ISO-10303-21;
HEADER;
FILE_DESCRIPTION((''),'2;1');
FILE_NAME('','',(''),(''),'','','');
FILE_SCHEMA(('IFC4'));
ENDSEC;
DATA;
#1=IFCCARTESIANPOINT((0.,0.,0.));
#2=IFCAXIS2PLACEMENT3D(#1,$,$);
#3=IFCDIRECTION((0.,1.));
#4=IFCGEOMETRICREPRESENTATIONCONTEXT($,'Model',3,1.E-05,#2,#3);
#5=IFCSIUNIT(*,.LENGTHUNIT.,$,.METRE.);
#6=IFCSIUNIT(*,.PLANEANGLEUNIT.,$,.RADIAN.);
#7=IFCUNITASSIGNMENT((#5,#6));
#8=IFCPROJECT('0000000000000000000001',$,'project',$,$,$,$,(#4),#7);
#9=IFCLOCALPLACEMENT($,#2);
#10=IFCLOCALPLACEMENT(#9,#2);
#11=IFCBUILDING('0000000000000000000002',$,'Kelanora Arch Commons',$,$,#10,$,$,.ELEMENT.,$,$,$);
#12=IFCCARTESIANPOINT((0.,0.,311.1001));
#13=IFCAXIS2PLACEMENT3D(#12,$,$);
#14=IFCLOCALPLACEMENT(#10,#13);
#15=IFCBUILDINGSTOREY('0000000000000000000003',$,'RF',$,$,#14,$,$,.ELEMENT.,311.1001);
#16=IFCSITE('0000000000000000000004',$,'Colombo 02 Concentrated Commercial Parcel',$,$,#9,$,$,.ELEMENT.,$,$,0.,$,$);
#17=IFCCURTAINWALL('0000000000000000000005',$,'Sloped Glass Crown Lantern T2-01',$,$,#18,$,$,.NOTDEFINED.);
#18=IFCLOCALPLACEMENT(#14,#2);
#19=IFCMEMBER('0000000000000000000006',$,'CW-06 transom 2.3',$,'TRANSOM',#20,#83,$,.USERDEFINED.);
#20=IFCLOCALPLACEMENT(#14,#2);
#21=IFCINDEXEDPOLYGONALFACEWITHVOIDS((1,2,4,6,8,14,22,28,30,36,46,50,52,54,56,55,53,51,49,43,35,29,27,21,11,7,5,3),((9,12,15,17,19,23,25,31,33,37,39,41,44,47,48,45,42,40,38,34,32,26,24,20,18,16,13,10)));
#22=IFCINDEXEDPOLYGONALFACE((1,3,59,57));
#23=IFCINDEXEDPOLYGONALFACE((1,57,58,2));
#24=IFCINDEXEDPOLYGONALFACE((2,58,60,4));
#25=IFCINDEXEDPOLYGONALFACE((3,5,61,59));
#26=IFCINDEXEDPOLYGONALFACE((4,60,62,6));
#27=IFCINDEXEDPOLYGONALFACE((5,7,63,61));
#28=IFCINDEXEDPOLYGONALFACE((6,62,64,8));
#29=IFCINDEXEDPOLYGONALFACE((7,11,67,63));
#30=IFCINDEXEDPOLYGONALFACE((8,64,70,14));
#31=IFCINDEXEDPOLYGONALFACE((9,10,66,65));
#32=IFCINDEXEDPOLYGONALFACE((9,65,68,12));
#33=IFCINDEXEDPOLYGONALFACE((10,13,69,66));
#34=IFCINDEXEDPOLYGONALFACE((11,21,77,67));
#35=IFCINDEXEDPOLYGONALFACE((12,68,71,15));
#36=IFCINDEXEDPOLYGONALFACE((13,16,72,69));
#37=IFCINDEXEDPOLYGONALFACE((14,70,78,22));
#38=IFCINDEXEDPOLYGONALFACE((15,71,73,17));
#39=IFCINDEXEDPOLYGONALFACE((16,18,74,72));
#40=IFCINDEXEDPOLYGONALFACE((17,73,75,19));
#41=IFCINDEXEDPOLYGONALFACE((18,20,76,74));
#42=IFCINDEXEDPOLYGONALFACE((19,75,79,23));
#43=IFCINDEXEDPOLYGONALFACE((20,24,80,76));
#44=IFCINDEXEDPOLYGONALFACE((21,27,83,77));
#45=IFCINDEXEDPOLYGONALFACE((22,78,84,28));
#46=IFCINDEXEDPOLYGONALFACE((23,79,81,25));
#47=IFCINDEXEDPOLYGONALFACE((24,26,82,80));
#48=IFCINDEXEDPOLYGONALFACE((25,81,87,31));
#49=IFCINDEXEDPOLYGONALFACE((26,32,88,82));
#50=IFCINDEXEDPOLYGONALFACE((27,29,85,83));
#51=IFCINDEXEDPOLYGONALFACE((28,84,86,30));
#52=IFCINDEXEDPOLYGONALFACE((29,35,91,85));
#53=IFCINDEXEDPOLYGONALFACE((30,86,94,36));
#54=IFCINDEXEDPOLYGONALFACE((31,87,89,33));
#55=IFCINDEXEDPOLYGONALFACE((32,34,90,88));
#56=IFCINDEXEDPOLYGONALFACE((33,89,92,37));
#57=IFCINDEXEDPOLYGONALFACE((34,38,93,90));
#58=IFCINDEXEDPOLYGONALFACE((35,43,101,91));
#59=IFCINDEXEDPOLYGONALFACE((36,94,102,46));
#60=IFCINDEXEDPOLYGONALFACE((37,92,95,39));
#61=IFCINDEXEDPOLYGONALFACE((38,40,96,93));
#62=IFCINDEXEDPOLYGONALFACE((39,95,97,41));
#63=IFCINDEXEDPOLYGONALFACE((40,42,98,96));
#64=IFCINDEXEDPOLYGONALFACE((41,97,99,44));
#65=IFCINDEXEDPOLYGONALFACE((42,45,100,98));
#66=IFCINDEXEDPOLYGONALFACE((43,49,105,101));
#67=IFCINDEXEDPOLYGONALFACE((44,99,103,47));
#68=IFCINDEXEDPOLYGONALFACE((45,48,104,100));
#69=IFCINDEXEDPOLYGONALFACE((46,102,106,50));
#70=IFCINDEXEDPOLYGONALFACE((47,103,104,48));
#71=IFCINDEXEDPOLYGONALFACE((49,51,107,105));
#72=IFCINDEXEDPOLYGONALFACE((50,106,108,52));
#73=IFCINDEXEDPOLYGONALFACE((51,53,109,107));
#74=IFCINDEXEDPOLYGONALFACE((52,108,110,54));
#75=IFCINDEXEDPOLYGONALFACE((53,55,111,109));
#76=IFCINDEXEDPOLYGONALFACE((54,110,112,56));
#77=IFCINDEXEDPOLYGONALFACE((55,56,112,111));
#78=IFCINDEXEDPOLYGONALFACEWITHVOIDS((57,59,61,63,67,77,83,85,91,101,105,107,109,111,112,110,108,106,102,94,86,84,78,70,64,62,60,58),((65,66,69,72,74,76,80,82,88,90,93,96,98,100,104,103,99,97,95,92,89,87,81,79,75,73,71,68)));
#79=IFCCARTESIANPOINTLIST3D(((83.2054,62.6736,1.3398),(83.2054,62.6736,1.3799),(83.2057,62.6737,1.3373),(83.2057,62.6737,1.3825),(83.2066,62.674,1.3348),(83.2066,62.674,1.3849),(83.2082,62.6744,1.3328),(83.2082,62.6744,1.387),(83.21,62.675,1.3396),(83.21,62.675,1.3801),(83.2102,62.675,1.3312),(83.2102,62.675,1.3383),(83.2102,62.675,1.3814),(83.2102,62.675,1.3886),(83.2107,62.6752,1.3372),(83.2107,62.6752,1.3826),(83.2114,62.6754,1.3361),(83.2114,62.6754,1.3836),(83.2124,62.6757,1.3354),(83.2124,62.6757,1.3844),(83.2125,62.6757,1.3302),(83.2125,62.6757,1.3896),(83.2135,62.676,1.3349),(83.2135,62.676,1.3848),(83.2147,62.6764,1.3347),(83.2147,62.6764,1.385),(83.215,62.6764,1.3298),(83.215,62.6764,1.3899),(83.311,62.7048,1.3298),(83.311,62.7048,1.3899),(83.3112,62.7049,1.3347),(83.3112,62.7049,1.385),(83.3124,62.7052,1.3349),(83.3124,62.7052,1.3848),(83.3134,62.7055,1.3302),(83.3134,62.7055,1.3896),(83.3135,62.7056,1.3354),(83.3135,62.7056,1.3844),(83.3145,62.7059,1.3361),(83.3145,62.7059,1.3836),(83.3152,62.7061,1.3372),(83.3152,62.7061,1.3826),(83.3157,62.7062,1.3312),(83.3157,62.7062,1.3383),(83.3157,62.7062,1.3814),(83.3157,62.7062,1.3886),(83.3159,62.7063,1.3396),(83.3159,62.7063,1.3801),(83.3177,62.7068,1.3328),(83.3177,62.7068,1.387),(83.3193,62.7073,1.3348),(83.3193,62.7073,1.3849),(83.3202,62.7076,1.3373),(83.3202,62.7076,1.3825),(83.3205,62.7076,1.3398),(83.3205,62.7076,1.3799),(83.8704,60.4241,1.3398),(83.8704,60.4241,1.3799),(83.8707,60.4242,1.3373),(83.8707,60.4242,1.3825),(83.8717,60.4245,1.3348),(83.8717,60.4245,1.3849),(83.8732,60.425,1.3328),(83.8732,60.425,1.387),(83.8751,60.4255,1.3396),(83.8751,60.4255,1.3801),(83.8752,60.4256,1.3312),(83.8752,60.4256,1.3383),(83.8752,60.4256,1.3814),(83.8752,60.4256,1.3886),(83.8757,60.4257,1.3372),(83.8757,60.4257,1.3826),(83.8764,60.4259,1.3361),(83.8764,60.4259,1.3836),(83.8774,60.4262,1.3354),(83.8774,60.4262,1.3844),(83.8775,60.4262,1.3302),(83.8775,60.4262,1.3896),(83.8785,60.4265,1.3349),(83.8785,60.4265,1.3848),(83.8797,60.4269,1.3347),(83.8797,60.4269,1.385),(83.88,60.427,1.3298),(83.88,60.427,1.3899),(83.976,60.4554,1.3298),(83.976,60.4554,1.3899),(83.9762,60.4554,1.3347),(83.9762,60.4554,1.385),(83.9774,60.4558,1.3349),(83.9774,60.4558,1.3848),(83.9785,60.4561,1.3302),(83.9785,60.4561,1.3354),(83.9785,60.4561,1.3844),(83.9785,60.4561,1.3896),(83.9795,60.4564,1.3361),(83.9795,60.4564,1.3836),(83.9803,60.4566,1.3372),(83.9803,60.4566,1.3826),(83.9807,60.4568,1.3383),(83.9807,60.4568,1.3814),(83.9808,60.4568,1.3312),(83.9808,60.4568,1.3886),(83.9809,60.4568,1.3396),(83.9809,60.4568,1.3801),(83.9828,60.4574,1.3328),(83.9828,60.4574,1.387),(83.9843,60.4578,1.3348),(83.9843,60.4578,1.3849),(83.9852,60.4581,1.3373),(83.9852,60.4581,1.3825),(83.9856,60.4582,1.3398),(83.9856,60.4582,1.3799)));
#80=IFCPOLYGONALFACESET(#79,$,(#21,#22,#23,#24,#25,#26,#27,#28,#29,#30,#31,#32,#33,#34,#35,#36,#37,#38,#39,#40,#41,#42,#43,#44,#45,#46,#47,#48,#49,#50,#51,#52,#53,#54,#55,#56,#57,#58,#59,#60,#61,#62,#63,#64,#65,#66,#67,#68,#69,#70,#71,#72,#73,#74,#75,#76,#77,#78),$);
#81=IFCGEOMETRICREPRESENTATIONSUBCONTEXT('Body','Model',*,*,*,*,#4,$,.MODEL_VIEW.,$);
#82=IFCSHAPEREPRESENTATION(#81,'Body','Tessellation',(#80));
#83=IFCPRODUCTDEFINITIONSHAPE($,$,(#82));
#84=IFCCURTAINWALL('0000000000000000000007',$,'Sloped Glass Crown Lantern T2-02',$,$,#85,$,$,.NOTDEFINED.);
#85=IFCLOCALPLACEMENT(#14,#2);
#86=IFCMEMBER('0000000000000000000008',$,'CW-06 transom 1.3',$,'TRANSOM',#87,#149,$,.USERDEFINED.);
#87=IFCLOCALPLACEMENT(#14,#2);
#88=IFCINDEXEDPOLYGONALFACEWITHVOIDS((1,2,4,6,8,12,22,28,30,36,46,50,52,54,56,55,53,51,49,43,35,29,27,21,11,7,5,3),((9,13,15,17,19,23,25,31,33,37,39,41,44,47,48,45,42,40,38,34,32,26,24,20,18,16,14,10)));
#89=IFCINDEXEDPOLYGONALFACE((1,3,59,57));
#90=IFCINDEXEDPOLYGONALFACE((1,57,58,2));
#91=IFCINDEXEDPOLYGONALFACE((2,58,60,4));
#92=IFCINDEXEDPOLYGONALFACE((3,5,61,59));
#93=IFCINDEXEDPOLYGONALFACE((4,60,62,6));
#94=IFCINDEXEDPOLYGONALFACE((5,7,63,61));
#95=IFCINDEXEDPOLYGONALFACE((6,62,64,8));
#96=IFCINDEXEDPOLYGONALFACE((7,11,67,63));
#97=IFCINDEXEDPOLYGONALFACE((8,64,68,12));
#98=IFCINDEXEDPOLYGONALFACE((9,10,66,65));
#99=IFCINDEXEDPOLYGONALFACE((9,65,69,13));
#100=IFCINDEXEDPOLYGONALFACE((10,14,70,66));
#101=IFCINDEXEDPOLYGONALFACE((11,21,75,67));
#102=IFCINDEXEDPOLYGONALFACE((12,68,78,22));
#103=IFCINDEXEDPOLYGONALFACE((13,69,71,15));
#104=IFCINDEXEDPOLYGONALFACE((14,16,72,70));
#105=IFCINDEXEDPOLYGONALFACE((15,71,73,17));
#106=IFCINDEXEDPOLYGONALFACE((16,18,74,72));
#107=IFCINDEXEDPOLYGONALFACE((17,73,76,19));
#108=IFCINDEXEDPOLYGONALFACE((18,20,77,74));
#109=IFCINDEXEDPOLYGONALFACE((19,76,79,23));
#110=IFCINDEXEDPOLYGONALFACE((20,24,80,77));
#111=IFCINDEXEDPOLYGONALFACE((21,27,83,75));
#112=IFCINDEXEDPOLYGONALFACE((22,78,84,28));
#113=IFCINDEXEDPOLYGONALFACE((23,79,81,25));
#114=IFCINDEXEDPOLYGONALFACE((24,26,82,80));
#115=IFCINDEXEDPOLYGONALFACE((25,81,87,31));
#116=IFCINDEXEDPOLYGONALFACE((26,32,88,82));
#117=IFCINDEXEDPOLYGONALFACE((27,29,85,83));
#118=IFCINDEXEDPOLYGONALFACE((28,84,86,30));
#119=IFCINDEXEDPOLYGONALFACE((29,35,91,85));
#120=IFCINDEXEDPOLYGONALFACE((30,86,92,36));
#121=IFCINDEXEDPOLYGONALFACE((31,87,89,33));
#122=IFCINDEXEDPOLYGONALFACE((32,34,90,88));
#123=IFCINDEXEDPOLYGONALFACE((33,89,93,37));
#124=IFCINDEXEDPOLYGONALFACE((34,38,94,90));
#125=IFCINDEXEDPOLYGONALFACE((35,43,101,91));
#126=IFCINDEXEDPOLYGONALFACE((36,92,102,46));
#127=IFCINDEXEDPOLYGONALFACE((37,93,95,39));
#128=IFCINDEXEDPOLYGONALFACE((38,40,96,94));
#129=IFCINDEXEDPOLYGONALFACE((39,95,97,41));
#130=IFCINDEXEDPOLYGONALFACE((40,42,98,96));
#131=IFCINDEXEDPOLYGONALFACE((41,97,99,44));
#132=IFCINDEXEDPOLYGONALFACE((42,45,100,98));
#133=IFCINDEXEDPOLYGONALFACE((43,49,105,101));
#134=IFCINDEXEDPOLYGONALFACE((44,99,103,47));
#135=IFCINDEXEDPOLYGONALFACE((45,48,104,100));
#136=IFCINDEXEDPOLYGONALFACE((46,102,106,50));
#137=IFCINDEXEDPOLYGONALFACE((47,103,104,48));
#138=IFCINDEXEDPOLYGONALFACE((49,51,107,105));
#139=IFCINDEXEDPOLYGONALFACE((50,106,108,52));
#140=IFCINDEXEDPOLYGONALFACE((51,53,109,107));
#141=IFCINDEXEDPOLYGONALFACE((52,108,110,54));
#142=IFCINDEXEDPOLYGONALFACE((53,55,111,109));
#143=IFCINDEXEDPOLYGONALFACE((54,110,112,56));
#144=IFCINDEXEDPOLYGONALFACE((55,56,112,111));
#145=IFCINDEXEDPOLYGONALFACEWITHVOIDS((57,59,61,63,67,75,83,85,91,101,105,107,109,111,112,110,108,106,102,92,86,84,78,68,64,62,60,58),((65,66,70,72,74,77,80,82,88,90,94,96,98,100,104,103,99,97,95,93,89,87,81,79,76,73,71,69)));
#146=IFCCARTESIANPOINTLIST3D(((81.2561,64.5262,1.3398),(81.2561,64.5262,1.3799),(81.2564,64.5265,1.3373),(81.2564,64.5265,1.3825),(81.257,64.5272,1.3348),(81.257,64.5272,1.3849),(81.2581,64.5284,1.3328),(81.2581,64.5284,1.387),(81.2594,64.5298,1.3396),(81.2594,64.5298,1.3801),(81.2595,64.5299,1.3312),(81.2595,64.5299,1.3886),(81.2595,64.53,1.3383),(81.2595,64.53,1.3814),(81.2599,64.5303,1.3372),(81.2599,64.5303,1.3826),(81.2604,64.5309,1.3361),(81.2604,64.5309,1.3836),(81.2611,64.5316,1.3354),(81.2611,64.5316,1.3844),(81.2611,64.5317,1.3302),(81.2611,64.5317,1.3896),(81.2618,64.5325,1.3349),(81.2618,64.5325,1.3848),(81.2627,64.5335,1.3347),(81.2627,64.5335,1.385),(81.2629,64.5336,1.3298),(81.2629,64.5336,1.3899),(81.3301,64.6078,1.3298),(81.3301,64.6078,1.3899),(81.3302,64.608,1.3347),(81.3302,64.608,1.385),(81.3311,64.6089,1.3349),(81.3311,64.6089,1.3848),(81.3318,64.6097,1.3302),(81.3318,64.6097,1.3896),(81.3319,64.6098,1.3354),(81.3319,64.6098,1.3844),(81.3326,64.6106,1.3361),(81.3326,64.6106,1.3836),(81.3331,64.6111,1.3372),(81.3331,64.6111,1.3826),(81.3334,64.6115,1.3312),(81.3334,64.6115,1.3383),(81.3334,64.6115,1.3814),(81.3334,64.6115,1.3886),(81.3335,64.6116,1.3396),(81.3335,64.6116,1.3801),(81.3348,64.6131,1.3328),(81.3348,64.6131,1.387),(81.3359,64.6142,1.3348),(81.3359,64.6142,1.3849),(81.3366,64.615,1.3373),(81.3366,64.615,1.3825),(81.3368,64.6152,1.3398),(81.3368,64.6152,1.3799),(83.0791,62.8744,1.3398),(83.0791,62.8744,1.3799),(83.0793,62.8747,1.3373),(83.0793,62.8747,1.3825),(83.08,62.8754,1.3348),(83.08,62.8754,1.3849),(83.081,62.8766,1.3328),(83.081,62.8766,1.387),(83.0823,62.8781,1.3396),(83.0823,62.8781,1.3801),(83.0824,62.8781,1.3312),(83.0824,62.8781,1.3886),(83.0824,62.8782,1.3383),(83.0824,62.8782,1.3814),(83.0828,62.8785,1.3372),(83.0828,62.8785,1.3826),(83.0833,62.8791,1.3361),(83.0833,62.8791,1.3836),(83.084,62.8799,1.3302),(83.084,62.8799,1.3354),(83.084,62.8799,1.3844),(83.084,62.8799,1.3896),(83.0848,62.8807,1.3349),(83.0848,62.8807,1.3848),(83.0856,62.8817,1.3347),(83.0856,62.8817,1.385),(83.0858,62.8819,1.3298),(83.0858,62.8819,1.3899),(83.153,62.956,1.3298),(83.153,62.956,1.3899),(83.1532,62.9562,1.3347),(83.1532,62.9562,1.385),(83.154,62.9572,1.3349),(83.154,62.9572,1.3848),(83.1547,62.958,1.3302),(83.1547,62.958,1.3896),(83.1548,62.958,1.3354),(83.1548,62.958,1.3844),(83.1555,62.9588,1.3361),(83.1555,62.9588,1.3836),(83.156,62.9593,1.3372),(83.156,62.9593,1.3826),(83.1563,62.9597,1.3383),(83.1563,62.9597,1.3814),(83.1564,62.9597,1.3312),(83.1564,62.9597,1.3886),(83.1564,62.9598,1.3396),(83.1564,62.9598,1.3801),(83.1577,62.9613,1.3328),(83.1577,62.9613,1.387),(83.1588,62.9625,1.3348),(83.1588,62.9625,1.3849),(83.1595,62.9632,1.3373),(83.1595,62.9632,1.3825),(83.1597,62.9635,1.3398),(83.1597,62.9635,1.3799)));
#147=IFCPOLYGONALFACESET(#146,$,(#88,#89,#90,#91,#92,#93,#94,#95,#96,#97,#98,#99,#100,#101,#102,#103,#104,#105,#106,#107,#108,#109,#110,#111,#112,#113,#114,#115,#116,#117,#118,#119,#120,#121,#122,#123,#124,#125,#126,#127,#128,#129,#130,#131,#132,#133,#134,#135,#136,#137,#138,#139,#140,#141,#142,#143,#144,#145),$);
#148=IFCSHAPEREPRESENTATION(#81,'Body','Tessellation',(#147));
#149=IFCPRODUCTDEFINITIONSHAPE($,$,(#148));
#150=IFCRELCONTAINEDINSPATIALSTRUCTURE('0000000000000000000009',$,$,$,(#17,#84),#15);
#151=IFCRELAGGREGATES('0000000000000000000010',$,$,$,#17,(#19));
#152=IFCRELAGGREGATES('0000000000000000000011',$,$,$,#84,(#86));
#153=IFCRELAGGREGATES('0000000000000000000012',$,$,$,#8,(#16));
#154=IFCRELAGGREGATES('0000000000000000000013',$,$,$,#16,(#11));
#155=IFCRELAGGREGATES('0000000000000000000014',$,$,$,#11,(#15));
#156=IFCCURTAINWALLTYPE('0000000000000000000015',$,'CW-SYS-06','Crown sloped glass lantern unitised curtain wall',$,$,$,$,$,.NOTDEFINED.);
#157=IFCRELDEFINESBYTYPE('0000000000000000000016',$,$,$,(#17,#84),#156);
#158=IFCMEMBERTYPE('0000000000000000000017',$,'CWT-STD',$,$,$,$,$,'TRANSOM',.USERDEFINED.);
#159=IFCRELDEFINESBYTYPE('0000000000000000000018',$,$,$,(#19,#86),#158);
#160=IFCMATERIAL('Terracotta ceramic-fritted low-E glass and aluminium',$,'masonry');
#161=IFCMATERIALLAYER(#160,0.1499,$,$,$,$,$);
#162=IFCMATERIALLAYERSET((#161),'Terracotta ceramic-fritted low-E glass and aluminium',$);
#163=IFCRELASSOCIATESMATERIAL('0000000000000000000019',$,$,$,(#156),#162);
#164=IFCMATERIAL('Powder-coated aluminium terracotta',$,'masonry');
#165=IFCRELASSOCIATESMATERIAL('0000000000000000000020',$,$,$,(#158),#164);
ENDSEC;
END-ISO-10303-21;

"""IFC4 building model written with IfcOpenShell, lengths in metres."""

from ifc_helpers import new_model, si_unit, direction, frame, origin, origin_2d, place, context, subcontext, project, spatial, hollow_rectangle, extrude, material, layer, layer_set, material_profile, profile_set, type_object, element, aggregate, save


model = new_model("IFC4")

# Units and contexts
model_context = context("Model", 3, precision=1e-05, world=origin(), true_north=direction((0.0, 1.0)))
body_context = subcontext(model_context, "Body", "Model", "MODEL_VIEW")
ifc_project = project(units=[si_unit("LENGTHUNIT", "METRE"), si_unit("PLANEANGLEUNIT", "RADIAN")], contexts=[model_context])

# Site, building, storey
site_placement = place(None, origin())
site = spatial("IfcSite", under=ifc_project, at=site_placement, Name="Colombo 02 Concentrated Commercial Parcel", CompositionType="ELEMENT", RefElevation=0.0)
building_placement = place(site_placement, origin())
building = spatial("IfcBuilding", under=site, at=building_placement, Name="Kelanora Arch Commons", CompositionType="ELEMENT")
storey_placement = place(building_placement, frame((0.0, 0.0, 311.1001)))
storey = spatial("IfcBuildingStorey", under=building, at=storey_placement, Name="RF", CompositionType="ELEMENT", Elevation=311.1001)

# Shared definitions
ifc_material_1 = material(Name="Terracotta ceramic-fritted low-E glass and aluminium", Category="masonry")
ifc_layer_1 = layer(ifc_material_1, 0.1499)
ifc_layer_set_1 = layer_set([ifc_layer_1], Name="Terracotta ceramic-fritted low-E glass and aluminium")
curtain_wall_type = type_object("IfcCurtainWallType", Name="CW-SYS-06", Description="Crown sloped glass lantern unitised curtain wall", PredefinedType="NOTDEFINED", material=ifc_layer_set_1)
ifc_material_2 = material(Name="Powder-coated aluminium terracotta", Category="masonry")
ifc_material_profile_1 = material_profile(ifc_material_2, hollow_rectangle(XDim=0.1201, YDim=0.0601, WallThickness=0.0049, InnerFilletRadius=0.0049, OuterFilletRadius=0.01, at=origin_2d()), Name="CWT120x60")
ifc_profile_set_1 = profile_set([ifc_material_profile_1], Name="Powder-coated aluminium terracotta")
member_type_1 = type_object("IfcMemberType", Name="CWT-STD", ElementType="TRANSOM", PredefinedType="USERDEFINED", material=ifc_profile_set_1)

# Curtain walls, members
curtain_wall_1_placement = place(storey_placement, origin())
curtain_wall_1 = element("IfcCurtainWall", 1, at=curtain_wall_1_placement, inside=storey, type_object=curtain_wall_type, Name="Sloped Glass Crown Lantern T2-01", PredefinedType="NOTDEFINED")
member_1_placement = place(storey_placement, frame((83.928, 60.4412, 1.3599), z_axis=(-0.283507, 0.95897, 0.0), x_axis=(-0.95897, -0.283507, 0.0)))
member_1 = element("IfcMember", 2, at=member_1_placement, type_object=member_type_1, Name="CW-06 transom 2.3", ObjectType="TRANSOM", PredefinedType="USERDEFINED", context=body_context, shape_type="SweptSolid", body=[
    extrude(hollow_rectangle(XDim=0.1201, YDim=0.0601, WallThickness=0.0049, InnerFilletRadius=0.0049, OuterFilletRadius=0.01, at=origin_2d()), origin(), (0.0, 0.0, 1.0), 2.3457),
])
aggregate(curtain_wall_1, [member_1])
curtain_wall_2_placement = place(storey_placement, origin())
curtain_wall_2 = element("IfcCurtainWall", 3, at=curtain_wall_2_placement, inside=storey, type_object=curtain_wall_type, Name="Sloped Glass Crown Lantern T2-02", PredefinedType="NOTDEFINED")
member_2_placement = place(storey_placement, frame((83.1194, 62.9189, 1.3599), z_axis=(-0.741035, 0.671467, 0.0), x_axis=(-0.671467, -0.741035, 0.0)))
member_2 = element("IfcMember", 4, at=member_2_placement, type_object=member_type_1, Name="CW-06 transom 1.3", ObjectType="TRANSOM", PredefinedType="USERDEFINED", context=body_context, shape_type="SweptSolid", body=[
    extrude(hollow_rectangle(XDim=0.1201, YDim=0.0601, WallThickness=0.0049, InnerFilletRadius=0.0049, OuterFilletRadius=0.01, at=origin_2d()), origin(), (0.0, 0.0, 1.0), 2.46),
])
aggregate(curtain_wall_2, [member_2])

save(model, "model.ifc")
